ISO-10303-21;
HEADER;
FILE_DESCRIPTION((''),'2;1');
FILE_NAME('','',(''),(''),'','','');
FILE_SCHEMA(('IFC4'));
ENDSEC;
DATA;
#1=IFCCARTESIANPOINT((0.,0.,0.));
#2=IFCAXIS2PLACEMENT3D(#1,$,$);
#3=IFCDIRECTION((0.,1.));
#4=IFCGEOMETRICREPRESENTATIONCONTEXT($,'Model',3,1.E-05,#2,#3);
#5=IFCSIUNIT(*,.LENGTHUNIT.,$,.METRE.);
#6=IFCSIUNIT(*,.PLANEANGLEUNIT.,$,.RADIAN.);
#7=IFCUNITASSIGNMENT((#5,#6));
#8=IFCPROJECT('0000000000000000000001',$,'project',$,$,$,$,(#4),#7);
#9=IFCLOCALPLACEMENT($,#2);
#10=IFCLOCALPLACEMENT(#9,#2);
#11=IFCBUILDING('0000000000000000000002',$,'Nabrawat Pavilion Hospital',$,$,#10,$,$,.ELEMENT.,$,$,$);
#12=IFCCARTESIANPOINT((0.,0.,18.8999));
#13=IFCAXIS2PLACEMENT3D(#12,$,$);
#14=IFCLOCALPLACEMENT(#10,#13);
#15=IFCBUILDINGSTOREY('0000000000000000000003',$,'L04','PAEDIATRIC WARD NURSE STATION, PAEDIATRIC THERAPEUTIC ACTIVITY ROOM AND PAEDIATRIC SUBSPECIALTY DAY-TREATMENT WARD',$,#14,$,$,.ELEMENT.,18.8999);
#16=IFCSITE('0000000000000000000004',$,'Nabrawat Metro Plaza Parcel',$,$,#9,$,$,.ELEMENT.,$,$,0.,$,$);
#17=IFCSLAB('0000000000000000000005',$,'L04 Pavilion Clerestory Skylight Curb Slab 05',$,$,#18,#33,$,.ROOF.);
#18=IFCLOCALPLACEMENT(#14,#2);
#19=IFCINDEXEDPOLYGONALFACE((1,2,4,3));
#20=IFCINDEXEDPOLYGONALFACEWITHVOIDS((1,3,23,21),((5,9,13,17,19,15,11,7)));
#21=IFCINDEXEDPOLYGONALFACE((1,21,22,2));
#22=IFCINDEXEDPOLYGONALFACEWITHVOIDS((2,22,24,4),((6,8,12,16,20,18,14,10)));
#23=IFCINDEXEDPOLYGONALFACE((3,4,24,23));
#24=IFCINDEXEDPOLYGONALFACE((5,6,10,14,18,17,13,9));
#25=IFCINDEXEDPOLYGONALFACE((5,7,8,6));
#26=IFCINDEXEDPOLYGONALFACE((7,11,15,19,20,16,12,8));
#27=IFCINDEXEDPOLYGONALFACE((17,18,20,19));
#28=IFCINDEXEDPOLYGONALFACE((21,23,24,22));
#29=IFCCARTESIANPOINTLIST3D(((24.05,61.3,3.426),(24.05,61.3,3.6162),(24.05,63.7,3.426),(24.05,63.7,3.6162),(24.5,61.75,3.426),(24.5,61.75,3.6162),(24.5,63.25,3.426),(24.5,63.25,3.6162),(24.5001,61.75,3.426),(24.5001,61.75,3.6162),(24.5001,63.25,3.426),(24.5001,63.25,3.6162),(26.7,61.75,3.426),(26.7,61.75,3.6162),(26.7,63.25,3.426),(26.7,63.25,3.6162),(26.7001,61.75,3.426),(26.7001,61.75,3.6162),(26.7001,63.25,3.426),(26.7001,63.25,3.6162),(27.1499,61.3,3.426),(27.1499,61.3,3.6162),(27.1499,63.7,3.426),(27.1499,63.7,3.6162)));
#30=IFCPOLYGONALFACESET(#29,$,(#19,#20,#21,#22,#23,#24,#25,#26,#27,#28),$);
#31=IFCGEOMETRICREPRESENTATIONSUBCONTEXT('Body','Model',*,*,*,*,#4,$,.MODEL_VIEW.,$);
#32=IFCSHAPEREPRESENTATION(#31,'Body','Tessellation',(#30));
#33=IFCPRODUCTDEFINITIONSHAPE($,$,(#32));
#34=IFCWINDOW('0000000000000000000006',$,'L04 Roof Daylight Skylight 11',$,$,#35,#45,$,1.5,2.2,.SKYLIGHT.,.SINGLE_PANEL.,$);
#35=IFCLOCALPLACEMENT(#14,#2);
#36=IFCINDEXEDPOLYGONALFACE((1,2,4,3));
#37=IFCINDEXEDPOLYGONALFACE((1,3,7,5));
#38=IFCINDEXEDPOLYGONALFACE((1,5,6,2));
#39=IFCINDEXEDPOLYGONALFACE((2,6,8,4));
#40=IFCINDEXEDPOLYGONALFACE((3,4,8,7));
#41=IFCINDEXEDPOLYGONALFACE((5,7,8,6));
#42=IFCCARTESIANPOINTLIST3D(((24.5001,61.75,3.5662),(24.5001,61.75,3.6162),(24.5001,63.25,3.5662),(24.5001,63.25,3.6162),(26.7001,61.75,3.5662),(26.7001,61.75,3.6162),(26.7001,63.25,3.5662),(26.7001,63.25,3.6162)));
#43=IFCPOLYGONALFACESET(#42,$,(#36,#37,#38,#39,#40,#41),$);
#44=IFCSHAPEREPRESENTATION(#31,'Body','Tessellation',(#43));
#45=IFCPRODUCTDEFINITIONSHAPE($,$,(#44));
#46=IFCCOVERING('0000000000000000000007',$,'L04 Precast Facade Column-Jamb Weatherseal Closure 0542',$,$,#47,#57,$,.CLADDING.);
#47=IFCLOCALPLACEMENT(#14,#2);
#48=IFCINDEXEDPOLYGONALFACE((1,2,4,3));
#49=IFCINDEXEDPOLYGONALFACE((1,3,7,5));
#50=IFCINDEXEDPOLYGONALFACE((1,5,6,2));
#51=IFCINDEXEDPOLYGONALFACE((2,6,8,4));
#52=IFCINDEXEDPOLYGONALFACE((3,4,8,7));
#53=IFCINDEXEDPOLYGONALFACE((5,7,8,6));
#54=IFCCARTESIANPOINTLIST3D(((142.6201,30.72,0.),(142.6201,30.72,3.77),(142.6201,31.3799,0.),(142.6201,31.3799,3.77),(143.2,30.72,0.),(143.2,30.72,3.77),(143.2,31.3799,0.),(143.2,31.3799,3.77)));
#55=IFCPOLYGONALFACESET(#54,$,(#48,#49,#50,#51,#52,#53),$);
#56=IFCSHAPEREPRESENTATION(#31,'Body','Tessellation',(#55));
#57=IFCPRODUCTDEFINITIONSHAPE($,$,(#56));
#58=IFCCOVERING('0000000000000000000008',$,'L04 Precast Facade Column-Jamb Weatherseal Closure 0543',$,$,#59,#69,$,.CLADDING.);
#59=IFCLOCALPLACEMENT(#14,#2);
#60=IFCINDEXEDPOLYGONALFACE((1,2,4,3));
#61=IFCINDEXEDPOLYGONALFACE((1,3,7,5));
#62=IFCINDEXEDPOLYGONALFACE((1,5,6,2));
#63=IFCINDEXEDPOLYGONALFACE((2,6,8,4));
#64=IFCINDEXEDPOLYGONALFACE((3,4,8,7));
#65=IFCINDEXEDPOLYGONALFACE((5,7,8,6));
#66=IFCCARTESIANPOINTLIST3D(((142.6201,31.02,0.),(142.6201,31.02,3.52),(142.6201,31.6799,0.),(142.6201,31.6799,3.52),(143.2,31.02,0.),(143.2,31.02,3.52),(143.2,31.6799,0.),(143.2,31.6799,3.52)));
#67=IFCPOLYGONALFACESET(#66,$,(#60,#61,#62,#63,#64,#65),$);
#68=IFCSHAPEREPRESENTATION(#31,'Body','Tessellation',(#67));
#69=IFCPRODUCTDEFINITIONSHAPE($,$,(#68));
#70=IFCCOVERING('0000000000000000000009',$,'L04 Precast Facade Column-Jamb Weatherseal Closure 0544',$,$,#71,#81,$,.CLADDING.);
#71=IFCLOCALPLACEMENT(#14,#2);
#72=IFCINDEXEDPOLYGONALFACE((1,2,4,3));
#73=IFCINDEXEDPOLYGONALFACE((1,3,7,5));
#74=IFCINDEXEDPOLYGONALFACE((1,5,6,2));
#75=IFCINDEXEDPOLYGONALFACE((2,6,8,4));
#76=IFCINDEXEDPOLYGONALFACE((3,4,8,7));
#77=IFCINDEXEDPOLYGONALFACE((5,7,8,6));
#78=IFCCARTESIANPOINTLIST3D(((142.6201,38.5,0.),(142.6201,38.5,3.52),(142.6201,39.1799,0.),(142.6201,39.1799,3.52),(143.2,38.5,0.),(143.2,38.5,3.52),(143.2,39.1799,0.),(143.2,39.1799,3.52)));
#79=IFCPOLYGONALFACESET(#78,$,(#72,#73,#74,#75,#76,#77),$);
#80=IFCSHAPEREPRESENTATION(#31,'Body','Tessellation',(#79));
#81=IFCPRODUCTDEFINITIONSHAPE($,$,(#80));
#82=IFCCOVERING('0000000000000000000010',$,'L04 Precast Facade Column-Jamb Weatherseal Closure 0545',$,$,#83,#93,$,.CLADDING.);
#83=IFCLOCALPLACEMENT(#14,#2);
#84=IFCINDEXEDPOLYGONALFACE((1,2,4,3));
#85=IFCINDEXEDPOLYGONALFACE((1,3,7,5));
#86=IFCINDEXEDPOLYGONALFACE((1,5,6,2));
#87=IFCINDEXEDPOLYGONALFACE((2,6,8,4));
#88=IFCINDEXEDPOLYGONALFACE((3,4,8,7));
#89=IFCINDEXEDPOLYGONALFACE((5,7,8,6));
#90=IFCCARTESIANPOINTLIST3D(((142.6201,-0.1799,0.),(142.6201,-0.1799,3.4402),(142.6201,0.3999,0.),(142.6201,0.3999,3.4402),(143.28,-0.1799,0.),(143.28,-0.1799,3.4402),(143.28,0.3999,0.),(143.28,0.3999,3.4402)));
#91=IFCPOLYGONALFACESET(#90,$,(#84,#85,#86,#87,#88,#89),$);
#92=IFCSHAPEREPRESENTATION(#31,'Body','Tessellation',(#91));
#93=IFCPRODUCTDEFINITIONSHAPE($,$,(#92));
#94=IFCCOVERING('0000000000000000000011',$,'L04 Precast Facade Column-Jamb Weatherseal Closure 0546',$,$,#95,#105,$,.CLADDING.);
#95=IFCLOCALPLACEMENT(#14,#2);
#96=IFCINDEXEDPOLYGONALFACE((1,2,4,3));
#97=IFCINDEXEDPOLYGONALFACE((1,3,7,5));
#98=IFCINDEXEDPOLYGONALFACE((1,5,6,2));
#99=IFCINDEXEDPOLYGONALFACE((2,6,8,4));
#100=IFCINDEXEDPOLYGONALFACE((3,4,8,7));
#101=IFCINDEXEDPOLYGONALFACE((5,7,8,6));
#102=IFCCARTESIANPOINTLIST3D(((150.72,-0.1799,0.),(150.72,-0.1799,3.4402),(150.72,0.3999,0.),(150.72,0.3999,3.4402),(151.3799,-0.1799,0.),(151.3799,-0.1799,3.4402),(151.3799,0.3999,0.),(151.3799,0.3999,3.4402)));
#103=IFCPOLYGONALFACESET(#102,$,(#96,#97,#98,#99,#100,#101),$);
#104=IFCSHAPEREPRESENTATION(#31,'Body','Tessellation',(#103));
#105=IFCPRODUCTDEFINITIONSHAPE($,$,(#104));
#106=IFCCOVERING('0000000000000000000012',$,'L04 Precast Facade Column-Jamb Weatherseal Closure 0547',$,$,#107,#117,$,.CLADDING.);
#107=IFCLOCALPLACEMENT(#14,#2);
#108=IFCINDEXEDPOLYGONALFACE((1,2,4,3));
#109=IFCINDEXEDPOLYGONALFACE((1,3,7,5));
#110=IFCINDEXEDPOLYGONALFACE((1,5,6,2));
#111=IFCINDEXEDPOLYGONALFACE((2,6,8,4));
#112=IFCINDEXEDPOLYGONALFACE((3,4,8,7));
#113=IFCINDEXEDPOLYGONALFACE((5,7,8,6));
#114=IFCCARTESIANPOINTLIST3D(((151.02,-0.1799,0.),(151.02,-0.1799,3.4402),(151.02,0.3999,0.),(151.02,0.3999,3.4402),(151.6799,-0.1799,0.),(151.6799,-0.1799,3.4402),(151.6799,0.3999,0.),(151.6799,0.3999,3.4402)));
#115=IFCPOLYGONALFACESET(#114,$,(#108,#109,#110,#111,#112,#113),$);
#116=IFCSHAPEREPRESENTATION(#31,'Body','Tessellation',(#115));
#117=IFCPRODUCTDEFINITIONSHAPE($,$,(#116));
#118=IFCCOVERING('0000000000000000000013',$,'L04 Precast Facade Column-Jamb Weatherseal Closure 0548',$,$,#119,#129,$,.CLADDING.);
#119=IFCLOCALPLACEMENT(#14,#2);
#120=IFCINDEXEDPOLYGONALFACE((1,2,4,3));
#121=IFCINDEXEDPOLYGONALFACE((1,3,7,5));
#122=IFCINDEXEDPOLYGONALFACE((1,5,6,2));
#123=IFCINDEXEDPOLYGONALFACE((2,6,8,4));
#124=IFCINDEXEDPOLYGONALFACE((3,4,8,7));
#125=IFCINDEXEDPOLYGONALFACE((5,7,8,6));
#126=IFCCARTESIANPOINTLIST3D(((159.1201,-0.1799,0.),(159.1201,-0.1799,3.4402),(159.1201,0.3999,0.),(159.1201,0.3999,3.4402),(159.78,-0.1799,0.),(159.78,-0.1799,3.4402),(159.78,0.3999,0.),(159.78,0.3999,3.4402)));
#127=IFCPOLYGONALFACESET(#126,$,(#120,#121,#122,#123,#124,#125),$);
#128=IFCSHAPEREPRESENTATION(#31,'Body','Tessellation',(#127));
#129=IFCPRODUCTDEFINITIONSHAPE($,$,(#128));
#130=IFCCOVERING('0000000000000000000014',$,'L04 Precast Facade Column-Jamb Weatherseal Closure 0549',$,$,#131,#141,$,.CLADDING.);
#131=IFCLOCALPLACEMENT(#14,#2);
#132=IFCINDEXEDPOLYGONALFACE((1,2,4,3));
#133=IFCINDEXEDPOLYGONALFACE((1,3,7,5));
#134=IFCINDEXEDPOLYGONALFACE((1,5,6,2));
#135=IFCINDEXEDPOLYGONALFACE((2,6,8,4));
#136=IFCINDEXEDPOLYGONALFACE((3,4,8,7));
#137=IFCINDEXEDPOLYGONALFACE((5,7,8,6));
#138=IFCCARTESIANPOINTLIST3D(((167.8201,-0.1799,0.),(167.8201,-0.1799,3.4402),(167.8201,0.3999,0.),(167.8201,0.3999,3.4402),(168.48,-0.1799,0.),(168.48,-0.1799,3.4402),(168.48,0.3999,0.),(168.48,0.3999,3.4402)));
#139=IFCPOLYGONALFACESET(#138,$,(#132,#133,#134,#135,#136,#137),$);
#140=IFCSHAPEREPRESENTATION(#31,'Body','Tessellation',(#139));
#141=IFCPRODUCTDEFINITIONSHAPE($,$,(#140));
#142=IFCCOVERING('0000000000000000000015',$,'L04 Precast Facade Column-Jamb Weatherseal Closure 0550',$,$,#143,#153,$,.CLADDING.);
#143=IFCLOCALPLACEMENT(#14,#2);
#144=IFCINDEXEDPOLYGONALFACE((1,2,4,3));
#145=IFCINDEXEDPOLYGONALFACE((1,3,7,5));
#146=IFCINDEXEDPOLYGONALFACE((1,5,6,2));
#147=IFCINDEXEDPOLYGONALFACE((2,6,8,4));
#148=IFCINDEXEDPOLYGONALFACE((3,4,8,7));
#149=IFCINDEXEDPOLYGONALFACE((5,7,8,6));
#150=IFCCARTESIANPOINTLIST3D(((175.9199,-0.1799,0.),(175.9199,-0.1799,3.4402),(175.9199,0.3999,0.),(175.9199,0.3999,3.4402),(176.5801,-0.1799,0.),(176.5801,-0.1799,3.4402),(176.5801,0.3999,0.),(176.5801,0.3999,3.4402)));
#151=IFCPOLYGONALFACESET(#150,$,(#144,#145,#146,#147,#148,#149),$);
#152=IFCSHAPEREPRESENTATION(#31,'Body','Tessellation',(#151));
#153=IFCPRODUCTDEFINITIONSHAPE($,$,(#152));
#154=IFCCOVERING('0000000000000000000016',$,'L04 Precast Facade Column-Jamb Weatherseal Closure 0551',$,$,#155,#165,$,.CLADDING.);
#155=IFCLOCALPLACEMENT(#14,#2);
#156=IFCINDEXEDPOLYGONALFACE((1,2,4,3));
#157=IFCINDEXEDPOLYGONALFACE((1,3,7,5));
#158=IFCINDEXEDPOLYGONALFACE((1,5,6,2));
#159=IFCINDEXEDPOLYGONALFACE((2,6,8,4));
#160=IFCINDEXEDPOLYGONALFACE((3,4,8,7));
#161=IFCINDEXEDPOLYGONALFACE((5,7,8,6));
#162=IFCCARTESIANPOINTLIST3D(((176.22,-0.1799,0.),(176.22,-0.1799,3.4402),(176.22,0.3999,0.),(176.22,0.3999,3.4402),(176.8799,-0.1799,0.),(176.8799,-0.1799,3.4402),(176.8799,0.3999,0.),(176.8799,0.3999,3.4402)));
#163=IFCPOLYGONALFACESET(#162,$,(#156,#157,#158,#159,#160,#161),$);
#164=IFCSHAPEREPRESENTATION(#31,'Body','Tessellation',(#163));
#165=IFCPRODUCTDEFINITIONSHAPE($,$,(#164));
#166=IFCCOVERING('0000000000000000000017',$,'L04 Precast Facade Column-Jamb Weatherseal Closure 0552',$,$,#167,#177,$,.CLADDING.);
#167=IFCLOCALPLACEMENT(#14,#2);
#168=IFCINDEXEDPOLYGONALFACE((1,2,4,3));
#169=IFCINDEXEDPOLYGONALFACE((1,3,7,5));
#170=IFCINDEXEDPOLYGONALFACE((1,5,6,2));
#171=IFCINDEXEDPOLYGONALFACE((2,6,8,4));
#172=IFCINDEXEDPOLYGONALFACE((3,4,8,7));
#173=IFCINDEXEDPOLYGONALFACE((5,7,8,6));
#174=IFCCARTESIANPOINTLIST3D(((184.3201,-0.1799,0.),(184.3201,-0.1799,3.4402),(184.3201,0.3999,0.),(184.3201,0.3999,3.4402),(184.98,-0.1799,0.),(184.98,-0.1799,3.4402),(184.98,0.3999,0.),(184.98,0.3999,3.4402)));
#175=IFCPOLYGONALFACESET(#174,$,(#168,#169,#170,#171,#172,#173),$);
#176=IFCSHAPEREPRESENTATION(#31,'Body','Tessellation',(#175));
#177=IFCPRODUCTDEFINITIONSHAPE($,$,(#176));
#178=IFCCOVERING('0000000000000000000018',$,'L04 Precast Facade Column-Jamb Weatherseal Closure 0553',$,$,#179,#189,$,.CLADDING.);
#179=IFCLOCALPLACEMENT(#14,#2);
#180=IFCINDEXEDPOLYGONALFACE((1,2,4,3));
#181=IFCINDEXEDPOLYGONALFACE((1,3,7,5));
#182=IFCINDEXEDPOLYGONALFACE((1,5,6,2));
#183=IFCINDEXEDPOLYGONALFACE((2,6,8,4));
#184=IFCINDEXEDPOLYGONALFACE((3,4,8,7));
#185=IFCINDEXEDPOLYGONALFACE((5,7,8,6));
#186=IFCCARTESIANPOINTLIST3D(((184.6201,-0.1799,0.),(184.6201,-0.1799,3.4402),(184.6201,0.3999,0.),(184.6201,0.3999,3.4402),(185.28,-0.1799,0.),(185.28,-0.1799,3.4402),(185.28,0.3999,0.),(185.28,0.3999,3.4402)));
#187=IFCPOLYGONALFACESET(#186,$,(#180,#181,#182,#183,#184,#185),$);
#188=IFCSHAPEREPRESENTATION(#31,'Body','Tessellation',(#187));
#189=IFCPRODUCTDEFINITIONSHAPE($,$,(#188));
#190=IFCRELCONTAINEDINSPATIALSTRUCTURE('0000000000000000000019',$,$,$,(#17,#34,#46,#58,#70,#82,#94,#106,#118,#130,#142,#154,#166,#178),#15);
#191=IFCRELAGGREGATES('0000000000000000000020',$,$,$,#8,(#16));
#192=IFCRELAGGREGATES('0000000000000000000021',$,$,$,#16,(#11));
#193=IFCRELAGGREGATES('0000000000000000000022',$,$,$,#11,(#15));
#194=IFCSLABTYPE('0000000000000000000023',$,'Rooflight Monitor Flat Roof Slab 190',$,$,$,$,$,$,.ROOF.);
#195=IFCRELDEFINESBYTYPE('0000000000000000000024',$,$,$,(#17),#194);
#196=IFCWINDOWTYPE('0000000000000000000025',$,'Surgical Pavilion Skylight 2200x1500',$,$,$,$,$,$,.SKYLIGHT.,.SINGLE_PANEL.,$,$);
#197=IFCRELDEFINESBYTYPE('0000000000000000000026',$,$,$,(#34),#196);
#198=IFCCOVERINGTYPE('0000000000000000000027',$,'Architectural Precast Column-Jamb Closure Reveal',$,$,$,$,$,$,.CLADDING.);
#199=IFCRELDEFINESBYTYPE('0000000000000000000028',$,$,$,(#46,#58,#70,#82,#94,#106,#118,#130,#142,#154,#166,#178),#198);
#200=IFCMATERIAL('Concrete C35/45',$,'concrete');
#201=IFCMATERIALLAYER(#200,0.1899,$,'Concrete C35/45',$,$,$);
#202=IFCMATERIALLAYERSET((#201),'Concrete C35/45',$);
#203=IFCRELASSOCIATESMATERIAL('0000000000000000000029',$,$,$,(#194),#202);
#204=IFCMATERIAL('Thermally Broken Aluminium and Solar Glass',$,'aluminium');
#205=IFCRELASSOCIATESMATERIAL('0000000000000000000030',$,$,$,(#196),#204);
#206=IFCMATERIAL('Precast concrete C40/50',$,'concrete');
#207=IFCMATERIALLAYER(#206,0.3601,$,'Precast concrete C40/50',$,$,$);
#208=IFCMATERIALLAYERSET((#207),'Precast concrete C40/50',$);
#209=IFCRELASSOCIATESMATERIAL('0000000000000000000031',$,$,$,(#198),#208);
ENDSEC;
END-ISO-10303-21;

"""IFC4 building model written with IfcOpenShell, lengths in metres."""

from ifc_helpers import new_model, si_unit, direction, frame, origin, origin_2d, place, context, subcontext, project, spatial, polyline, rectangle, outline, extrude, material, layer, layer_set, type_object, element, fill, save


model = new_model("IFC4")

# Units and contexts
model_context = context("Model", 3, precision=1e-05, world=origin(), true_north=direction((0.0, 1.0)))
body_context = subcontext(model_context, "Body", "Model", "MODEL_VIEW")
ifc_project = project(units=[si_unit("LENGTHUNIT", "METRE"), si_unit("PLANEANGLEUNIT", "RADIAN")], contexts=[model_context])

# Site, building, storey
site_placement = place(None, origin())
site = spatial("IfcSite", under=ifc_project, at=site_placement, Name="Nabrawat Metro Plaza Parcel", CompositionType="ELEMENT", RefElevation=0.0)
building_placement = place(site_placement, origin())
building = spatial("IfcBuilding", under=site, at=building_placement, Name="Nabrawat Pavilion Hospital", CompositionType="ELEMENT")
storey_placement = place(building_placement, frame((0.0, 0.0, 18.8999)))
storey = spatial("IfcBuildingStorey", under=building, at=storey_placement, Name="L04", Description="PAEDIATRIC WARD NURSE STATION, PAEDIATRIC THERAPEUTIC ACTIVITY ROOM AND PAEDIATRIC SUBSPECIALTY DAY-TREATMENT WARD", CompositionType="ELEMENT", Elevation=18.8999)

# Slab, opening, window
ifc_material_1 = material(Name="Concrete C35/45", Category="concrete")
ifc_layer_1 = layer(ifc_material_1, 0.1899, Name="Concrete C35/45")
ifc_layer_set_1 = layer_set([ifc_layer_1], Name="Concrete C35/45")
slab_type = type_object("IfcSlabType", Name="Rooflight Monitor Flat Roof Slab 190", PredefinedType="ROOF", material=ifc_layer_set_1)
slab_placement = place(storey_placement, frame((0.0, 0.0, 3.426)))
slab = element("IfcSlab", 1, at=slab_placement, inside=storey, type_object=slab_type, Name="L04 Pavilion Clerestory Skylight Curb Slab 05", PredefinedType="ROOF", context=body_context, shape_type="SweptSolid", body=[
    extrude(outline(polyline([(24.05, 61.3), (27.1499, 61.3), (27.1499, 63.7), (24.05, 63.7), (24.05, 61.3)]), holes=[polyline([(24.5, 61.75), (24.5, 63.25), (26.7, 63.25), (26.7, 61.75), (24.5, 61.75)])]), origin(), (0.0, 0.0, 1.0), 0.1902),
])
opening_placement = place(slab_placement, frame((25.6001, 62.5, -0.01)))
opening = element("IfcOpeningElement", 2, at=opening_placement, cuts=slab, PredefinedType="OPENING", context=body_context, shape_type="SweptSolid", body=[
    extrude(rectangle(XDim=2.2, YDim=1.5, at=origin_2d()), origin(), (0.0, 0.0, 1.0), 0.2102),
])
ifc_material_2 = material(Name="Thermally Broken Aluminium and Solar Glass", Category="aluminium")
window_type = type_object("IfcWindowType", Name="Surgical Pavilion Skylight 2200x1500", PartitioningType="SINGLE_PANEL", PredefinedType="SKYLIGHT", material=ifc_material_2)
window_placement = place(opening_placement, frame((0.0, 0.0, 0.1501)))
window = element("IfcWindow", 3, at=window_placement, inside=storey, type_object=window_type, Name="L04 Roof Daylight Skylight 11", OverallHeight=1.5, OverallWidth=2.2, PartitioningType="SINGLE_PANEL", PredefinedType="SKYLIGHT", context=body_context, shape_type="SweptSolid", body=[
    extrude(rectangle(XDim=2.2, YDim=1.5, at=origin_2d()), origin(), (0.0, 0.0, 1.0), 0.05),
])
fill(opening, window)

# Coverings
ifc_material_3 = material(Name="Precast concrete C40/50", Category="concrete")
ifc_layer_2 = layer(ifc_material_3, 0.3601, Name="Precast concrete C40/50")
ifc_layer_set_2 = layer_set([ifc_layer_2], Name="Precast concrete C40/50")
covering_type = type_object("IfcCoveringType", Name="Architectural Precast Column-Jamb Closure Reveal", PredefinedType="CLADDING", material=ifc_layer_set_2)
covering_1_placement = place(storey_placement, origin())
element("IfcCovering", 4, at=covering_1_placement, inside=storey, type_object=covering_type, Name="L04 Precast Facade Column-Jamb Weatherseal Closure 0542", PredefinedType="CLADDING", context=body_context, shape_type="SweptSolid", body=[
    extrude(outline(polyline([(143.2, 30.72), (143.2, 31.3799), (142.6201, 31.3799), (142.6201, 30.72), (143.2, 30.72)])), origin(), (0.0, 0.0, 1.0), 3.77),
])
covering_2_placement = place(storey_placement, origin())
element("IfcCovering", 5, at=covering_2_placement, inside=storey, type_object=covering_type, Name="L04 Precast Facade Column-Jamb Weatherseal Closure 0543", PredefinedType="CLADDING", context=body_context, shape_type="SweptSolid", body=[
    extrude(outline(polyline([(143.2, 31.02), (143.2, 31.6799), (142.6201, 31.6799), (142.6201, 31.02), (143.2, 31.02)])), origin(), (0.0, 0.0, 1.0), 3.52),
])
covering_3_placement = place(storey_placement, origin())
element("IfcCovering", 6, at=covering_3_placement, inside=storey, type_object=covering_type, Name="L04 Precast Facade Column-Jamb Weatherseal Closure 0544", PredefinedType="CLADDING", context=body_context, shape_type="SweptSolid", body=[
    extrude(outline(polyline([(143.2, 38.5), (143.2, 39.1799), (142.6201, 39.1799), (142.6201, 38.5), (143.2, 38.5)])), origin(), (0.0, 0.0, 1.0), 3.52),
])
covering_4_placement = place(storey_placement, origin())
element("IfcCovering", 7, at=covering_4_placement, inside=storey, type_object=covering_type, Name="L04 Precast Facade Column-Jamb Weatherseal Closure 0545", PredefinedType="CLADDING", context=body_context, shape_type="SweptSolid", body=[
    extrude(outline(polyline([(143.28, -0.1799), (143.28, 0.3999), (142.6201, 0.3999), (142.6201, -0.1799), (143.28, -0.1799)])), origin(), (0.0, 0.0, 1.0), 3.4402),
])
covering_5_placement = place(storey_placement, origin())
element("IfcCovering", 8, at=covering_5_placement, inside=storey, type_object=covering_type, Name="L04 Precast Facade Column-Jamb Weatherseal Closure 0546", PredefinedType="CLADDING", context=body_context, shape_type="SweptSolid", body=[
    extrude(outline(polyline([(151.3799, -0.1799), (151.3799, 0.3999), (150.72, 0.3999), (150.72, -0.1799), (151.3799, -0.1799)])), origin(), (0.0, 0.0, 1.0), 3.4402),
])
covering_6_placement = place(storey_placement, origin())
element("IfcCovering", 9, at=covering_6_placement, inside=storey, type_object=covering_type, Name="L04 Precast Facade Column-Jamb Weatherseal Closure 0547", PredefinedType="CLADDING", context=body_context, shape_type="SweptSolid", body=[
    extrude(outline(polyline([(151.6799, -0.1799), (151.6799, 0.3999), (151.02, 0.3999), (151.02, -0.1799), (151.6799, -0.1799)])), origin(), (0.0, 0.0, 1.0), 3.4402),
])
covering_7_placement = place(storey_placement, origin())
element("IfcCovering", 10, at=covering_7_placement, inside=storey, type_object=covering_type, Name="L04 Precast Facade Column-Jamb Weatherseal Closure 0548", PredefinedType="CLADDING", context=body_context, shape_type="SweptSolid", body=[
    extrude(outline(polyline([(159.78, -0.1799), (159.78, 0.3999), (159.1201, 0.3999), (159.1201, -0.1799), (159.78, -0.1799)])), origin(), (0.0, 0.0, 1.0), 3.4402),
])
covering_8_placement = place(storey_placement, origin())
element("IfcCovering", 11, at=covering_8_placement, inside=storey, type_object=covering_type, Name="L04 Precast Facade Column-Jamb Weatherseal Closure 0549", PredefinedType="CLADDING", context=body_context, shape_type="SweptSolid", body=[
    extrude(outline(polyline([(168.48, -0.1799), (168.48, 0.3999), (167.8201, 0.3999), (167.8201, -0.1799), (168.48, -0.1799)])), origin(), (0.0, 0.0, 1.0), 3.4402),
])
covering_9_placement = place(storey_placement, origin())
element("IfcCovering", 12, at=covering_9_placement, inside=storey, type_object=covering_type, Name="L04 Precast Facade Column-Jamb Weatherseal Closure 0550", PredefinedType="CLADDING", context=body_context, shape_type="SweptSolid", body=[
    extrude(outline(polyline([(176.5801, -0.1799), (176.5801, 0.3999), (175.9199, 0.3999), (175.9199, -0.1799), (176.5801, -0.1799)])), origin(), (0.0, 0.0, 1.0), 3.4402),
])
covering_10_placement = place(storey_placement, origin())
element("IfcCovering", 13, at=covering_10_placement, inside=storey, type_object=covering_type, Name="L04 Precast Facade Column-Jamb Weatherseal Closure 0551", PredefinedType="CLADDING", context=body_context, shape_type="SweptSolid", body=[
    extrude(outline(polyline([(176.8799, -0.1799), (176.8799, 0.3999), (176.22, 0.3999), (176.22, -0.1799), (176.8799, -0.1799)])), origin(), (0.0, 0.0, 1.0), 3.4402),
])
covering_11_placement = place(storey_placement, origin())
element("IfcCovering", 14, at=covering_11_placement, inside=storey, type_object=covering_type, Name="L04 Precast Facade Column-Jamb Weatherseal Closure 0552", PredefinedType="CLADDING", context=body_context, shape_type="SweptSolid", body=[
    extrude(outline(polyline([(184.98, -0.1799), (184.98, 0.3999), (184.3201, 0.3999), (184.3201, -0.1799), (184.98, -0.1799)])), origin(), (0.0, 0.0, 1.0), 3.4402),
])
covering_12_placement = place(storey_placement, origin())
element("IfcCovering", 15, at=covering_12_placement, inside=storey, type_object=covering_type, Name="L04 Precast Facade Column-Jamb Weatherseal Closure 0553", PredefinedType="CLADDING", context=body_context, shape_type="SweptSolid", body=[
    extrude(outline(polyline([(185.28, -0.1799), (185.28, 0.3999), (184.6201, 0.3999), (184.6201, -0.1799), (185.28, -0.1799)])), origin(), (0.0, 0.0, 1.0), 3.4402),
])

save(model, "model.ifc")
